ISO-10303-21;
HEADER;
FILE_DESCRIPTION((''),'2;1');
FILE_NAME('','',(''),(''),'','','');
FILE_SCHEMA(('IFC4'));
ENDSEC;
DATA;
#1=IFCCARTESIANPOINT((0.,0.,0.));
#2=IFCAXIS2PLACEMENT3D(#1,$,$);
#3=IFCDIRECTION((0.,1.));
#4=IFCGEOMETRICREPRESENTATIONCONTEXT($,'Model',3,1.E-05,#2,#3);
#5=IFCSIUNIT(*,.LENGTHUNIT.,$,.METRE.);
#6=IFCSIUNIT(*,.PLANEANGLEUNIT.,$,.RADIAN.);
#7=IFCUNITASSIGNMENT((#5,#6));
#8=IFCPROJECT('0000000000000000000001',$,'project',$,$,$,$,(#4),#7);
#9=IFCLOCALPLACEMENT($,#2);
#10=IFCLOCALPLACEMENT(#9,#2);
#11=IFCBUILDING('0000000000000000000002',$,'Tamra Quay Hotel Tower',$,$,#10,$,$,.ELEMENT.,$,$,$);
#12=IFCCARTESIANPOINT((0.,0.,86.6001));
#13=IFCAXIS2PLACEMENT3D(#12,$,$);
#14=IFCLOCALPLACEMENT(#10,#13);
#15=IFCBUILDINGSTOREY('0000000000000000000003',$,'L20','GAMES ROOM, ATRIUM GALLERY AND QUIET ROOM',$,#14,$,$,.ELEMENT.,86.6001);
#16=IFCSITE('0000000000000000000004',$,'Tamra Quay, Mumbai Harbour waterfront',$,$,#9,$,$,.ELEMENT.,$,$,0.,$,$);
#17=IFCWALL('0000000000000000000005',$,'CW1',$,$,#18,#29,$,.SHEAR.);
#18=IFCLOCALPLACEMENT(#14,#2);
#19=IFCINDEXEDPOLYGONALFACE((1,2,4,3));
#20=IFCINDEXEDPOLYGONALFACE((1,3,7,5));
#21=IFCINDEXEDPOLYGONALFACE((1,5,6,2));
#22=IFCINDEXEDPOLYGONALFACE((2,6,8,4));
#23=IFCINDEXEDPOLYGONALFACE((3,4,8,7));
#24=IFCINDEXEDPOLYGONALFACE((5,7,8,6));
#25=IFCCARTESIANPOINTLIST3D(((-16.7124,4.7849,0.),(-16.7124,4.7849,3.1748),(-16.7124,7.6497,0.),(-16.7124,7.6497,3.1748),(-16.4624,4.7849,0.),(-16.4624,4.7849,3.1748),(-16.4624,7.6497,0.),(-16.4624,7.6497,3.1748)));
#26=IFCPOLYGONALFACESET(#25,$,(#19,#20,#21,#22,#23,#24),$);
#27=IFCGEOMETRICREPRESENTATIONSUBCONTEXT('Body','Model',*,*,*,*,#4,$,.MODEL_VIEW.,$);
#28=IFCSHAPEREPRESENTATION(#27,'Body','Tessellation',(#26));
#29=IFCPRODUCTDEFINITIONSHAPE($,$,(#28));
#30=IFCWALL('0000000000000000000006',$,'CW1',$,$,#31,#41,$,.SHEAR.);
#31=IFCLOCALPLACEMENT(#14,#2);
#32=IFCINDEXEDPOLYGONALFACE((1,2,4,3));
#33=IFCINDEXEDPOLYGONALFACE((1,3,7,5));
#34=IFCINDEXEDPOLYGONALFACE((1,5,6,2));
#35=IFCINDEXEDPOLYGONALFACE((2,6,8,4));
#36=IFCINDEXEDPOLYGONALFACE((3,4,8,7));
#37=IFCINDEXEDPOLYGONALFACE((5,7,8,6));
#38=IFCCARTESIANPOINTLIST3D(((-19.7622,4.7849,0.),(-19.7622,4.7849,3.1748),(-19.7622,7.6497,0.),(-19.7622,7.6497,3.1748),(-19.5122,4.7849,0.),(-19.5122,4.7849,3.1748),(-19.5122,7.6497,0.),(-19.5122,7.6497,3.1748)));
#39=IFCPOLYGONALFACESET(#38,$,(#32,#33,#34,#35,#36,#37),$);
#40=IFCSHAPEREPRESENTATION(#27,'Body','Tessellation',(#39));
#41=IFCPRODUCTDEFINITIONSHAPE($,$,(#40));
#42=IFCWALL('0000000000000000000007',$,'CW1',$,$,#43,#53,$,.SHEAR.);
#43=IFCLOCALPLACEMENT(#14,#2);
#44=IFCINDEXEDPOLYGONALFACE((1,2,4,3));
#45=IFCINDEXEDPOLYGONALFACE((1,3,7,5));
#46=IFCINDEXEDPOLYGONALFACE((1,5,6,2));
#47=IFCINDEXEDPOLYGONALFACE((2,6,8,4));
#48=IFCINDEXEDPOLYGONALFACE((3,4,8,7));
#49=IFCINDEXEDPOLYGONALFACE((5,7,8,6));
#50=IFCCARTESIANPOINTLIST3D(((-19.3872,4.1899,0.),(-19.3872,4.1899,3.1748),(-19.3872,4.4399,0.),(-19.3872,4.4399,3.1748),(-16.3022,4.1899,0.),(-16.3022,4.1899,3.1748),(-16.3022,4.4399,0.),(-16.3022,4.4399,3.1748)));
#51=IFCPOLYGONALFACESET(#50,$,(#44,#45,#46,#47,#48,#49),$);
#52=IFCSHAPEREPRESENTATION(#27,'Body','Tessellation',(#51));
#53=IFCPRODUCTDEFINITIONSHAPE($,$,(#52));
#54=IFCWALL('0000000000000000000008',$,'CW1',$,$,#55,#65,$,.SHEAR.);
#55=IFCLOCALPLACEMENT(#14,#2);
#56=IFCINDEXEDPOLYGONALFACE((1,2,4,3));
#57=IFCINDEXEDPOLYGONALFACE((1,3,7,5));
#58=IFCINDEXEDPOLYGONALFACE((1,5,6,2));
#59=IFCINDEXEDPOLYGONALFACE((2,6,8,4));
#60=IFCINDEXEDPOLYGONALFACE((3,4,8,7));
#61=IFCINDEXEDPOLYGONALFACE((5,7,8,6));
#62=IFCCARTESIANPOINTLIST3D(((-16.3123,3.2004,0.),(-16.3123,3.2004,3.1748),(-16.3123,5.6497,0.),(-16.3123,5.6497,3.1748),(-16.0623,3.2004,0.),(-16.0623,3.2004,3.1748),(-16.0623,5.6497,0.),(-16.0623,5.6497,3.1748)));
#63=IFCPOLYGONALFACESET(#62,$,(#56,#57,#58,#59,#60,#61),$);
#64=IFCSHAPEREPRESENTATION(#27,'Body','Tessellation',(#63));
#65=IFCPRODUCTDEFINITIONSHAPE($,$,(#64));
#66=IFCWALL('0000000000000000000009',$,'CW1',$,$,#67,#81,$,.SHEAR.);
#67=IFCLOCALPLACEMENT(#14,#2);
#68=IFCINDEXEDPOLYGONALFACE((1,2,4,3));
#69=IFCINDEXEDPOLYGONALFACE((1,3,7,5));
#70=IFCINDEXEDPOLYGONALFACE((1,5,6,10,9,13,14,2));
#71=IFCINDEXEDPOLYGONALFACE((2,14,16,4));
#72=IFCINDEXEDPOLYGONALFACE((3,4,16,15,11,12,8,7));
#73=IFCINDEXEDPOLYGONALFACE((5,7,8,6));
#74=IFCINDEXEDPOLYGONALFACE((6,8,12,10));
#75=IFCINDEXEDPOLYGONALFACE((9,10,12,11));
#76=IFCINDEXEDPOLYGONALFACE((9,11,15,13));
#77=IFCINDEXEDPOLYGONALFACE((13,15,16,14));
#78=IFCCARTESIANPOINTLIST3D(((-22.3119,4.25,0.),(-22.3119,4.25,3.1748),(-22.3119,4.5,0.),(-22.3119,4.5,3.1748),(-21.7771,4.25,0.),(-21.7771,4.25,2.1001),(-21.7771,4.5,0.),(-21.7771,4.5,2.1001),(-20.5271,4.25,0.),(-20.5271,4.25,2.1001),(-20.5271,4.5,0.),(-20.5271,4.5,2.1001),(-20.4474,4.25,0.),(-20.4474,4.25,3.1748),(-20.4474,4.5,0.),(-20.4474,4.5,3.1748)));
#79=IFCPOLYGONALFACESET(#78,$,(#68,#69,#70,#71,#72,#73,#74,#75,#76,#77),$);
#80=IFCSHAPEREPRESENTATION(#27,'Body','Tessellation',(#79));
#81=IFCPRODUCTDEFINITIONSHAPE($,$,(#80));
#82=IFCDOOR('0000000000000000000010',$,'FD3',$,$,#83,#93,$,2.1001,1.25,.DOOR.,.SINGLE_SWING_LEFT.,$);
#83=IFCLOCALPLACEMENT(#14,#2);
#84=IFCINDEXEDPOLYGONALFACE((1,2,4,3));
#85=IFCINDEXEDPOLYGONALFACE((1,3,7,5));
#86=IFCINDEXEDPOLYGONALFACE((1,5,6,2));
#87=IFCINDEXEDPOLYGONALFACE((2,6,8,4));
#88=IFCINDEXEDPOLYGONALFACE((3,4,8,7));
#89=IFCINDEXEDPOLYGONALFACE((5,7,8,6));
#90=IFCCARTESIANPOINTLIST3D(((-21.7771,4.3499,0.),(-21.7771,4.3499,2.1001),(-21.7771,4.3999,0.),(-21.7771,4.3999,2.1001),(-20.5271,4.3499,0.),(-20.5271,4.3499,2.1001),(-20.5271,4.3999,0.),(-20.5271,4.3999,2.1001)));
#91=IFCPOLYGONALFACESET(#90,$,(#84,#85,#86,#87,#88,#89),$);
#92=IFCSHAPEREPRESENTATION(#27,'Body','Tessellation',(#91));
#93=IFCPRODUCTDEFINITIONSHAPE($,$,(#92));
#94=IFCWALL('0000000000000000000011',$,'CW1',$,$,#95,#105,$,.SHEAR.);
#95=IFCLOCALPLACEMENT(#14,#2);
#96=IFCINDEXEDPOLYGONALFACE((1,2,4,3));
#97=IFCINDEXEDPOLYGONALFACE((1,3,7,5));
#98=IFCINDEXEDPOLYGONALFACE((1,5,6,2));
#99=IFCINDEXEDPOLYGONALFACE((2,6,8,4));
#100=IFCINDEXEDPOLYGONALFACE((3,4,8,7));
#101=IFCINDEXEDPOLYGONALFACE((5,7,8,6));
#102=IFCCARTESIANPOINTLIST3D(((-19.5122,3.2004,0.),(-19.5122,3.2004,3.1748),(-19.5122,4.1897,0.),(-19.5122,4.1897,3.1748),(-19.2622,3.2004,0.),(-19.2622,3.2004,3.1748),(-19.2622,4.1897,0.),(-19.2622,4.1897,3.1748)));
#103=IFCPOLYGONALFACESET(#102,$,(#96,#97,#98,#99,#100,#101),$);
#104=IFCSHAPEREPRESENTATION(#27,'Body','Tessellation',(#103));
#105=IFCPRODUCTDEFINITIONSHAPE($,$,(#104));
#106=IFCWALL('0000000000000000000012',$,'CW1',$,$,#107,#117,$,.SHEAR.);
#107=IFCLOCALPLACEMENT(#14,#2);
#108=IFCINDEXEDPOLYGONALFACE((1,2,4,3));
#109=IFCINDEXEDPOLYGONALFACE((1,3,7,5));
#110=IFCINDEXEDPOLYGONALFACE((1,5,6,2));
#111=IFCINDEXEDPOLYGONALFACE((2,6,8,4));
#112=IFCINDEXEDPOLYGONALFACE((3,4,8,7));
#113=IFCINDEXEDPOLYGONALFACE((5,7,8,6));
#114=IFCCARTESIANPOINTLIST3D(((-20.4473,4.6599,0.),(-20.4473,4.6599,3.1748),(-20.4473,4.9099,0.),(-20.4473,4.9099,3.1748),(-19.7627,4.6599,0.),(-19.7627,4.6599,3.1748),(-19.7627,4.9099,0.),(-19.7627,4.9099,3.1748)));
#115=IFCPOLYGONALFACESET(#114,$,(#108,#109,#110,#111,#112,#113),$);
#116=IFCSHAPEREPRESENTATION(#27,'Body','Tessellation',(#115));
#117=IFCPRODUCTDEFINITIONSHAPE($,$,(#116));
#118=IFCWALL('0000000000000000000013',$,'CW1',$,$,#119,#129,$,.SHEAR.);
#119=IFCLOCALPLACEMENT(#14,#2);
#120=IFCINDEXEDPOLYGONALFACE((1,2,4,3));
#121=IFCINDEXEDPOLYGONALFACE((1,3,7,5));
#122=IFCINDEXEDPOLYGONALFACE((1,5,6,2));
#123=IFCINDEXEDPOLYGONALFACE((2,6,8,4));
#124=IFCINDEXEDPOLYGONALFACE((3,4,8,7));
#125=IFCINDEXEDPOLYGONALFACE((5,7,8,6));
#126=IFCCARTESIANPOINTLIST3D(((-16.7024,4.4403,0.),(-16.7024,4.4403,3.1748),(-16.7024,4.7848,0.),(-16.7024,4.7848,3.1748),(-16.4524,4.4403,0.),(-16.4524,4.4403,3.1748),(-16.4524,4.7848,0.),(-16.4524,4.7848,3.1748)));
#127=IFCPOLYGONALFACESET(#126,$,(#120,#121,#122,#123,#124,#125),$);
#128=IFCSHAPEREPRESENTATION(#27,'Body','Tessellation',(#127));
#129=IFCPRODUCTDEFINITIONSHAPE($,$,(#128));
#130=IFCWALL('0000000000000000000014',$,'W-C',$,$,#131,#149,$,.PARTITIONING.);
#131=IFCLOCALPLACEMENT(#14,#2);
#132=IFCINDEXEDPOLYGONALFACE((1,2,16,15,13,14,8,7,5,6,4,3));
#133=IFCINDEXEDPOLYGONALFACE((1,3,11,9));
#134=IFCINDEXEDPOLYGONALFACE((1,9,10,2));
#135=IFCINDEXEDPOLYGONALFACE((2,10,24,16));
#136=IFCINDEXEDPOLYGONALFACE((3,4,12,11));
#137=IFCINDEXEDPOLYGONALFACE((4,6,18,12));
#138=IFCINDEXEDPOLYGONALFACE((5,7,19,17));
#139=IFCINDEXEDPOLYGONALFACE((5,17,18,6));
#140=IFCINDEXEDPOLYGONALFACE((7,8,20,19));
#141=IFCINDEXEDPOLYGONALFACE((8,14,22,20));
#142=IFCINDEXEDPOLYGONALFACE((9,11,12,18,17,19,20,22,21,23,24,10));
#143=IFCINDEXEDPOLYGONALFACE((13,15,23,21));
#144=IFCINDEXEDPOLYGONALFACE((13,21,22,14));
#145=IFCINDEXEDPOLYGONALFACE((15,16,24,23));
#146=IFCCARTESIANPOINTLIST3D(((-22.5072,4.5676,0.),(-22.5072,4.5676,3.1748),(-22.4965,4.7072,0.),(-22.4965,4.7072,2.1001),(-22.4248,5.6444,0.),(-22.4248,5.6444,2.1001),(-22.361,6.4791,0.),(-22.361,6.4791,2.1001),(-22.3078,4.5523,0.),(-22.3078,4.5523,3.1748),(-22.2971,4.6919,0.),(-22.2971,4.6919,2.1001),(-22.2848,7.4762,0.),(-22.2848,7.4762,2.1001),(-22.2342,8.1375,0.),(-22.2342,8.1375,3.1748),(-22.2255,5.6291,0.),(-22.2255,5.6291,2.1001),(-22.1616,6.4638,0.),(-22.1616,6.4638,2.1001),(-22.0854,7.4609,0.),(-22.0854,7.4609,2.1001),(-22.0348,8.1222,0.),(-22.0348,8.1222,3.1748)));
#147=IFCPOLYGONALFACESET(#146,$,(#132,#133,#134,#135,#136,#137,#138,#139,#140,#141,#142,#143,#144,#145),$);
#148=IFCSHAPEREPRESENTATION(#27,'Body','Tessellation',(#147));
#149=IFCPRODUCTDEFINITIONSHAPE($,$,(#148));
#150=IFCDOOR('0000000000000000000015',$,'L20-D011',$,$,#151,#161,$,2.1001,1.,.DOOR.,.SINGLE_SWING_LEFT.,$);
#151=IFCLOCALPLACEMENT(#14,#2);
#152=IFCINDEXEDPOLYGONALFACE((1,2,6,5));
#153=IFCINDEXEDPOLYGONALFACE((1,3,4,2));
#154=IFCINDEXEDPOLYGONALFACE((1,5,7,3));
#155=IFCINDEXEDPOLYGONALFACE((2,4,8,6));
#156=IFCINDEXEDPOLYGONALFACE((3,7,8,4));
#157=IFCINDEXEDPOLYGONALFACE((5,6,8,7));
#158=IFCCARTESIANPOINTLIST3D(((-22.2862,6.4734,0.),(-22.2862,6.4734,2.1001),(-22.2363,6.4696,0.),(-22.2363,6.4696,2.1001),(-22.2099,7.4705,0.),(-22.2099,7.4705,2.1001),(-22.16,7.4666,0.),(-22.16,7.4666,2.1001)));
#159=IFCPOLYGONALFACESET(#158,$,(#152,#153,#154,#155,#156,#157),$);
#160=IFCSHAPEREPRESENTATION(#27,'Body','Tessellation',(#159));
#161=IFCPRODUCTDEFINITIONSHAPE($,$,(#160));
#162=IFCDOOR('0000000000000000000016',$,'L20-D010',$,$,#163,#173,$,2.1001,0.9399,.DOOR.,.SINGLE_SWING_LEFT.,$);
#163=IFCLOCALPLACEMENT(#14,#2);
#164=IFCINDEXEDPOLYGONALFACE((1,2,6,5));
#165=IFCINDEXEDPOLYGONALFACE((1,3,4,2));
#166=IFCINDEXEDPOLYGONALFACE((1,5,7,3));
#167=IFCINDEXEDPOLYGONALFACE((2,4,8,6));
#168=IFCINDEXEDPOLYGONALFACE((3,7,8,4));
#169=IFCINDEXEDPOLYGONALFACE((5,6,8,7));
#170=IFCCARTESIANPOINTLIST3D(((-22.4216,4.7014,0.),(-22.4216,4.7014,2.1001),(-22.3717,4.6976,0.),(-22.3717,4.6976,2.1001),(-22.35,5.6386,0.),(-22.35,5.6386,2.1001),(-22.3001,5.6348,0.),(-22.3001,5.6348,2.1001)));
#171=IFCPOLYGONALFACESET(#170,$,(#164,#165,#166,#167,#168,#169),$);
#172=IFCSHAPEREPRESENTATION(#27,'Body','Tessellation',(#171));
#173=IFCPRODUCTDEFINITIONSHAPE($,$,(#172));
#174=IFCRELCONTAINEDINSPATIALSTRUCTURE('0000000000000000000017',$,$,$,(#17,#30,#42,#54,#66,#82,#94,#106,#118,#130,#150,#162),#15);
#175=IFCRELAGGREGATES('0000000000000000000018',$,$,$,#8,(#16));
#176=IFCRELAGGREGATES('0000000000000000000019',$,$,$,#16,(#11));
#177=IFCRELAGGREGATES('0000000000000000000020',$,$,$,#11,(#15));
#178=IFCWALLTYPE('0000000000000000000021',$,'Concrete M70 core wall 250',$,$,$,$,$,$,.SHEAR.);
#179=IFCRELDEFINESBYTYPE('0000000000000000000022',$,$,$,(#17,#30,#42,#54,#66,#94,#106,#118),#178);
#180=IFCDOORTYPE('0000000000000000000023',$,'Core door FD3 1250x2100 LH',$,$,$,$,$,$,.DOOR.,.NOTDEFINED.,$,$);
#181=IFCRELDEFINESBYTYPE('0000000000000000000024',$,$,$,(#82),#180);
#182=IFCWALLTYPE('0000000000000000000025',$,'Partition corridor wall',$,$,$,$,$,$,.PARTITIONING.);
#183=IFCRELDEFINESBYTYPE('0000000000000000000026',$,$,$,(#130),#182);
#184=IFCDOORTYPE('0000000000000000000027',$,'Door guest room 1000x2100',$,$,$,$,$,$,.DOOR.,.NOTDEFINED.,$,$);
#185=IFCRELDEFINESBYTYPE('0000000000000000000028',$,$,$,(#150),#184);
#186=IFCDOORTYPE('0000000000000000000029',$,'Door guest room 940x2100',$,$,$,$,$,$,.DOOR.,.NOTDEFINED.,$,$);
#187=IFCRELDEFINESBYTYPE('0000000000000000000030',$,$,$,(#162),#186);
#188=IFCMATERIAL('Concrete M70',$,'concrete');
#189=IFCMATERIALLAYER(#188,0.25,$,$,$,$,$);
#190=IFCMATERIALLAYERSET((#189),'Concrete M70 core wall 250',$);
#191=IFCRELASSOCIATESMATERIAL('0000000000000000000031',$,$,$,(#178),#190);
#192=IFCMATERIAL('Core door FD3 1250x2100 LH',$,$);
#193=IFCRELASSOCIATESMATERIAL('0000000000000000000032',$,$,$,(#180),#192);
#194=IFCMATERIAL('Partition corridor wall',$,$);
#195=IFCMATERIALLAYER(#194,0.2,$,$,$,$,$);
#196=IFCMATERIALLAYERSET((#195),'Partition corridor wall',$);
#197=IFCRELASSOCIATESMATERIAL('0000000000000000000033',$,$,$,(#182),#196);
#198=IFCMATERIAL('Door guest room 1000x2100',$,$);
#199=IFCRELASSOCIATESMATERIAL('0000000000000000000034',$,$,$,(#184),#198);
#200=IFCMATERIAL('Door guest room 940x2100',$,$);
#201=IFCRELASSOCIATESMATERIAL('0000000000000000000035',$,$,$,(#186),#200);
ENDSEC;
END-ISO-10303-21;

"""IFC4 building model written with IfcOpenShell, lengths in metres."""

from ifc_helpers import new_model, si_unit, direction, frame, frame_2d, origin, place, context, subcontext, project, spatial, rectangle, extrude, material, layer, layer_set, type_object, element, fill, save


model = new_model("IFC4")

# Units and contexts
model_context = context("Model", 3, precision=1e-05, world=origin(), true_north=direction((0.0, 1.0)))
body_context = subcontext(model_context, "Body", "Model", "MODEL_VIEW")
ifc_project = project(units=[si_unit("LENGTHUNIT", "METRE"), si_unit("PLANEANGLEUNIT", "RADIAN")], contexts=[model_context])

# Site, building, storey
site_placement = place(None, origin())
site = spatial("IfcSite", under=ifc_project, at=site_placement, Name="Tamra Quay, Mumbai Harbour waterfront", CompositionType="ELEMENT", RefElevation=0.0)
building_placement = place(site_placement, origin())
building = spatial("IfcBuilding", under=site, at=building_placement, Name="Tamra Quay Hotel Tower", CompositionType="ELEMENT")
storey_placement = place(building_placement, frame((0.0, 0.0, 86.6001)))
storey = spatial("IfcBuildingStorey", under=building, at=storey_placement, Name="L20", Description="GAMES ROOM, ATRIUM GALLERY AND QUIET ROOM", CompositionType="ELEMENT", Elevation=86.6001)

# Shared definitions
ifc_material_1 = material(Name="Concrete M70", Category="concrete")

# Walls
ifc_layer_1 = layer(ifc_material_1, 0.25)
ifc_layer_set_1 = layer_set([ifc_layer_1], Name="Concrete M70 core wall 250")
wall_type_1 = type_object("IfcWallType", Name="Concrete M70 core wall 250", PredefinedType="SHEAR", material=ifc_layer_set_1)
for number, where, z_axis, x_axis, name in (
    (1, (-16.5874, 7.6497, 0.0), (0.0, 0.0, 1.0), (0.0, -1.0, 0.0), "CW1"),
    (2, (-19.6372, 4.7849, 0.0), (0.0, 0.0, 1.0), (0.0, 1.0, 0.0), "CW1"),
):
    element("IfcWall", number, at=place(storey_placement, frame(where, z_axis=z_axis, x_axis=x_axis)), inside=storey, type_object=wall_type_1, Name=name, PredefinedType="SHEAR", context=body_context, shape_type="SweptSolid", body=[
        extrude(rectangle(XDim=2.8647, YDim=0.25, at=frame_2d((1.4324, 0.0))), origin(), (0.0, 0.0, 1.0), 3.1748),
    ])
wall_1_placement = place(storey_placement, frame((-16.3022, 4.3149, 0.0), z_axis=(0.0, 0.0, 1.0), x_axis=(-1.0, 0.0, 0.0)))
element("IfcWall", 3, at=wall_1_placement, inside=storey, type_object=wall_type_1, Name="CW1", PredefinedType="SHEAR", context=body_context, shape_type="SweptSolid", body=[
    extrude(rectangle(XDim=3.085, YDim=0.25, at=frame_2d((1.5425, 0.0))), origin(), (0.0, 0.0, 1.0), 3.1748),
])
wall_2_placement = place(storey_placement, frame((-16.1873, 3.2004, 0.0), z_axis=(0.0, 0.0, 1.0), x_axis=(0.0, 1.0, 0.0)))
element("IfcWall", 4, at=wall_2_placement, inside=storey, type_object=wall_type_1, Name="CW1", PredefinedType="SHEAR", context=body_context, shape_type="SweptSolid", body=[
    extrude(rectangle(XDim=2.4492, YDim=0.25, at=frame_2d((1.2246, 0.0))), origin(), (0.0, 0.0, 1.0), 3.1748),
])

# Wall, opening, door
wall_3_placement = place(storey_placement, frame((-22.3118, 4.375, 0.0), z_axis=(0.0, 0.0, 1.0), x_axis=(1.0, 0.0, 0.0)))
wall_3 = element("IfcWall", 5, at=wall_3_placement, inside=storey, type_object=wall_type_1, Name="CW1", PredefinedType="SHEAR", context=body_context, shape_type="SweptSolid", body=[
    extrude(rectangle(XDim=1.8645, YDim=0.25, at=frame_2d((0.9321, 0.0))), origin(), (0.0, 0.0, 1.0), 3.1748),
])
opening_1_placement = place(wall_3_placement, frame((0.5347, 0.0, 0.0)))
opening_1 = element("IfcOpeningElement", 6, at=opening_1_placement, cuts=wall_3, PredefinedType="OPENING", context=body_context, shape_type="SweptSolid", body=[
    extrude(rectangle(XDim=1.25, YDim=2.1001, at=frame_2d((0.625, 1.05))), frame((0.0, 0.135, 0.0), z_axis=(0.0, -1.0, 0.0), x_axis=(1.0, 0.0, 0.0)), (0.0, 0.0, 1.0), 0.27),
])
ifc_material_2 = material(Name="Core door FD3 1250x2100 LH")
door_type_1 = type_object("IfcDoorType", Name="Core door FD3 1250x2100 LH", OperationType="NOTDEFINED", PredefinedType="DOOR", material=ifc_material_2)
door_1_placement = place(opening_1_placement, origin())
door_1 = element("IfcDoor", 7, at=door_1_placement, inside=storey, type_object=door_type_1, Name="FD3", OperationType="SINGLE_SWING_LEFT", OverallHeight=2.1001, OverallWidth=1.25, PredefinedType="DOOR", context=body_context, shape_type="SweptSolid", body=[
    extrude(rectangle(XDim=1.25, YDim=2.1001, at=frame_2d((0.625, 1.05))), frame((0.0, 0.0249, 0.0), z_axis=(0.0, -1.0, 0.0), x_axis=(1.0, 0.0, 0.0)), (0.0, 0.0, 1.0), 0.05),
])
fill(opening_1, door_1)

# Walls
wall_4_placement = place(storey_placement, frame((-19.3872, 4.1897, 0.0), z_axis=(0.0, 0.0, 1.0), x_axis=(0.0, -1.0, 0.0)))
element("IfcWall", 8, at=wall_4_placement, inside=storey, type_object=wall_type_1, Name="CW1", PredefinedType="SHEAR", context=body_context, shape_type="SweptSolid", body=[
    extrude(rectangle(XDim=0.9893, YDim=0.25, at=frame_2d((0.4946, 0.0))), origin(), (0.0, 0.0, 1.0), 3.1748),
])
wall_5_placement = place(storey_placement, frame((-20.4473, 4.7849, 0.0), z_axis=(0.0, 0.0, 1.0), x_axis=(1.0, 0.0, 0.0)))
element("IfcWall", 9, at=wall_5_placement, inside=storey, type_object=wall_type_1, Name="CW1", PredefinedType="SHEAR", context=body_context, shape_type="SweptSolid", body=[
    extrude(rectangle(XDim=0.6846, YDim=0.25, at=frame_2d((0.3423, 0.0))), origin(), (0.0, 0.0, 1.0), 3.1748),
])
wall_6_placement = place(storey_placement, frame((-16.5774, 4.7849, 0.0), z_axis=(0.0, 0.0, 1.0), x_axis=(0.0, -1.0, 0.0)))
element("IfcWall", 10, at=wall_6_placement, inside=storey, type_object=wall_type_1, Name="CW1", PredefinedType="SHEAR", context=body_context, shape_type="SweptSolid", body=[
    extrude(rectangle(XDim=0.3445, YDim=0.25, at=frame_2d((0.1724, 0.0))), origin(), (0.0, 0.0, 1.0), 3.1748),
])

# Wall, openings, doors
ifc_material_3 = material(Name="Partition corridor wall")
ifc_layer_2 = layer(ifc_material_3, 0.2)
ifc_layer_set_2 = layer_set([ifc_layer_2], Name="Partition corridor wall")
wall_type_2 = type_object("IfcWallType", Name="Partition corridor wall", PredefinedType="PARTITIONING", material=ifc_layer_set_2)
wall_7_placement = place(storey_placement, frame((-22.4075, 4.5601, 0.0), z_axis=(0.0, 0.0, 1.0), x_axis=(0.076238, 0.99709, 0.0)))
wall_7 = element("IfcWall", 11, at=wall_7_placement, inside=storey, type_object=wall_type_2, Name="W-C", PredefinedType="PARTITIONING", context=body_context, shape_type="SweptSolid", body=[
    extrude(rectangle(XDim=3.5803, YDim=0.2, at=frame_2d((1.79, 0.0))), origin(), (0.0, 0.0, 1.0), 3.1748),
])
opening_2_placement = place(wall_7_placement, frame((0.1399, 0.0, 0.0)))
opening_2 = element("IfcOpeningElement", 12, at=opening_2_placement, cuts=wall_7, PredefinedType="OPENING", context=body_context, shape_type="SweptSolid", body=[
    extrude(rectangle(XDim=0.9399, YDim=2.1001, at=frame_2d((0.47, 1.05))), frame((0.0, 0.1099, 0.0), z_axis=(0.0, -1.0, 0.0), x_axis=(1.0, 0.0, 0.0)), (0.0, 0.0, 1.0), 0.22),
])
opening_3_placement = place(wall_7_placement, frame((1.917, 0.0, 0.0)))
opening_3 = element("IfcOpeningElement", 13, at=opening_3_placement, cuts=wall_7, PredefinedType="OPENING", context=body_context, shape_type="SweptSolid", body=[
    extrude(rectangle(XDim=1.0, YDim=2.1001, at=frame_2d((0.5, 1.05))), frame((0.0, 0.1099, 0.0), z_axis=(0.0, -1.0, 0.0), x_axis=(1.0, 0.0, 0.0)), (0.0, 0.0, 1.0), 0.22),
])
ifc_material_4 = material(Name="Door guest room 1000x2100")
door_type_2 = type_object("IfcDoorType", Name="Door guest room 1000x2100", OperationType="NOTDEFINED", PredefinedType="DOOR", material=ifc_material_4)
door_2_placement = place(opening_3_placement, origin())
door_2 = element("IfcDoor", 14, at=door_2_placement, inside=storey, type_object=door_type_2, Name="L20-D011", OperationType="SINGLE_SWING_LEFT", OverallHeight=2.1001, OverallWidth=1.0, PredefinedType="DOOR", context=body_context, shape_type="SweptSolid", body=[
    extrude(rectangle(XDim=1.0, YDim=2.1001, at=frame_2d((0.5, 1.05))), frame((0.0, 0.0249, 0.0), z_axis=(0.0, -1.0, 0.0), x_axis=(1.0, 0.0, 0.0)), (0.0, 0.0, 1.0), 0.05),
])
fill(opening_3, door_2)
ifc_material_5 = material(Name="Door guest room 940x2100")
door_type_3 = type_object("IfcDoorType", Name="Door guest room 940x2100", OperationType="NOTDEFINED", PredefinedType="DOOR", material=ifc_material_5)
door_3_placement = place(opening_2_placement, origin())
door_3 = element("IfcDoor", 15, at=door_3_placement, inside=storey, type_object=door_type_3, Name="L20-D010", OperationType="SINGLE_SWING_LEFT", OverallHeight=2.1001, OverallWidth=0.9399, PredefinedType="DOOR", context=body_context, shape_type="SweptSolid", body=[
    extrude(rectangle(XDim=0.9399, YDim=2.1001, at=frame_2d((0.47, 1.05))), frame((0.0, 0.0249, 0.0), z_axis=(0.0, -1.0, 0.0), x_axis=(1.0, 0.0, 0.0)), (0.0, 0.0, 1.0), 0.05),
])
fill(opening_2, door_3)

save(model, "model.ifc")
